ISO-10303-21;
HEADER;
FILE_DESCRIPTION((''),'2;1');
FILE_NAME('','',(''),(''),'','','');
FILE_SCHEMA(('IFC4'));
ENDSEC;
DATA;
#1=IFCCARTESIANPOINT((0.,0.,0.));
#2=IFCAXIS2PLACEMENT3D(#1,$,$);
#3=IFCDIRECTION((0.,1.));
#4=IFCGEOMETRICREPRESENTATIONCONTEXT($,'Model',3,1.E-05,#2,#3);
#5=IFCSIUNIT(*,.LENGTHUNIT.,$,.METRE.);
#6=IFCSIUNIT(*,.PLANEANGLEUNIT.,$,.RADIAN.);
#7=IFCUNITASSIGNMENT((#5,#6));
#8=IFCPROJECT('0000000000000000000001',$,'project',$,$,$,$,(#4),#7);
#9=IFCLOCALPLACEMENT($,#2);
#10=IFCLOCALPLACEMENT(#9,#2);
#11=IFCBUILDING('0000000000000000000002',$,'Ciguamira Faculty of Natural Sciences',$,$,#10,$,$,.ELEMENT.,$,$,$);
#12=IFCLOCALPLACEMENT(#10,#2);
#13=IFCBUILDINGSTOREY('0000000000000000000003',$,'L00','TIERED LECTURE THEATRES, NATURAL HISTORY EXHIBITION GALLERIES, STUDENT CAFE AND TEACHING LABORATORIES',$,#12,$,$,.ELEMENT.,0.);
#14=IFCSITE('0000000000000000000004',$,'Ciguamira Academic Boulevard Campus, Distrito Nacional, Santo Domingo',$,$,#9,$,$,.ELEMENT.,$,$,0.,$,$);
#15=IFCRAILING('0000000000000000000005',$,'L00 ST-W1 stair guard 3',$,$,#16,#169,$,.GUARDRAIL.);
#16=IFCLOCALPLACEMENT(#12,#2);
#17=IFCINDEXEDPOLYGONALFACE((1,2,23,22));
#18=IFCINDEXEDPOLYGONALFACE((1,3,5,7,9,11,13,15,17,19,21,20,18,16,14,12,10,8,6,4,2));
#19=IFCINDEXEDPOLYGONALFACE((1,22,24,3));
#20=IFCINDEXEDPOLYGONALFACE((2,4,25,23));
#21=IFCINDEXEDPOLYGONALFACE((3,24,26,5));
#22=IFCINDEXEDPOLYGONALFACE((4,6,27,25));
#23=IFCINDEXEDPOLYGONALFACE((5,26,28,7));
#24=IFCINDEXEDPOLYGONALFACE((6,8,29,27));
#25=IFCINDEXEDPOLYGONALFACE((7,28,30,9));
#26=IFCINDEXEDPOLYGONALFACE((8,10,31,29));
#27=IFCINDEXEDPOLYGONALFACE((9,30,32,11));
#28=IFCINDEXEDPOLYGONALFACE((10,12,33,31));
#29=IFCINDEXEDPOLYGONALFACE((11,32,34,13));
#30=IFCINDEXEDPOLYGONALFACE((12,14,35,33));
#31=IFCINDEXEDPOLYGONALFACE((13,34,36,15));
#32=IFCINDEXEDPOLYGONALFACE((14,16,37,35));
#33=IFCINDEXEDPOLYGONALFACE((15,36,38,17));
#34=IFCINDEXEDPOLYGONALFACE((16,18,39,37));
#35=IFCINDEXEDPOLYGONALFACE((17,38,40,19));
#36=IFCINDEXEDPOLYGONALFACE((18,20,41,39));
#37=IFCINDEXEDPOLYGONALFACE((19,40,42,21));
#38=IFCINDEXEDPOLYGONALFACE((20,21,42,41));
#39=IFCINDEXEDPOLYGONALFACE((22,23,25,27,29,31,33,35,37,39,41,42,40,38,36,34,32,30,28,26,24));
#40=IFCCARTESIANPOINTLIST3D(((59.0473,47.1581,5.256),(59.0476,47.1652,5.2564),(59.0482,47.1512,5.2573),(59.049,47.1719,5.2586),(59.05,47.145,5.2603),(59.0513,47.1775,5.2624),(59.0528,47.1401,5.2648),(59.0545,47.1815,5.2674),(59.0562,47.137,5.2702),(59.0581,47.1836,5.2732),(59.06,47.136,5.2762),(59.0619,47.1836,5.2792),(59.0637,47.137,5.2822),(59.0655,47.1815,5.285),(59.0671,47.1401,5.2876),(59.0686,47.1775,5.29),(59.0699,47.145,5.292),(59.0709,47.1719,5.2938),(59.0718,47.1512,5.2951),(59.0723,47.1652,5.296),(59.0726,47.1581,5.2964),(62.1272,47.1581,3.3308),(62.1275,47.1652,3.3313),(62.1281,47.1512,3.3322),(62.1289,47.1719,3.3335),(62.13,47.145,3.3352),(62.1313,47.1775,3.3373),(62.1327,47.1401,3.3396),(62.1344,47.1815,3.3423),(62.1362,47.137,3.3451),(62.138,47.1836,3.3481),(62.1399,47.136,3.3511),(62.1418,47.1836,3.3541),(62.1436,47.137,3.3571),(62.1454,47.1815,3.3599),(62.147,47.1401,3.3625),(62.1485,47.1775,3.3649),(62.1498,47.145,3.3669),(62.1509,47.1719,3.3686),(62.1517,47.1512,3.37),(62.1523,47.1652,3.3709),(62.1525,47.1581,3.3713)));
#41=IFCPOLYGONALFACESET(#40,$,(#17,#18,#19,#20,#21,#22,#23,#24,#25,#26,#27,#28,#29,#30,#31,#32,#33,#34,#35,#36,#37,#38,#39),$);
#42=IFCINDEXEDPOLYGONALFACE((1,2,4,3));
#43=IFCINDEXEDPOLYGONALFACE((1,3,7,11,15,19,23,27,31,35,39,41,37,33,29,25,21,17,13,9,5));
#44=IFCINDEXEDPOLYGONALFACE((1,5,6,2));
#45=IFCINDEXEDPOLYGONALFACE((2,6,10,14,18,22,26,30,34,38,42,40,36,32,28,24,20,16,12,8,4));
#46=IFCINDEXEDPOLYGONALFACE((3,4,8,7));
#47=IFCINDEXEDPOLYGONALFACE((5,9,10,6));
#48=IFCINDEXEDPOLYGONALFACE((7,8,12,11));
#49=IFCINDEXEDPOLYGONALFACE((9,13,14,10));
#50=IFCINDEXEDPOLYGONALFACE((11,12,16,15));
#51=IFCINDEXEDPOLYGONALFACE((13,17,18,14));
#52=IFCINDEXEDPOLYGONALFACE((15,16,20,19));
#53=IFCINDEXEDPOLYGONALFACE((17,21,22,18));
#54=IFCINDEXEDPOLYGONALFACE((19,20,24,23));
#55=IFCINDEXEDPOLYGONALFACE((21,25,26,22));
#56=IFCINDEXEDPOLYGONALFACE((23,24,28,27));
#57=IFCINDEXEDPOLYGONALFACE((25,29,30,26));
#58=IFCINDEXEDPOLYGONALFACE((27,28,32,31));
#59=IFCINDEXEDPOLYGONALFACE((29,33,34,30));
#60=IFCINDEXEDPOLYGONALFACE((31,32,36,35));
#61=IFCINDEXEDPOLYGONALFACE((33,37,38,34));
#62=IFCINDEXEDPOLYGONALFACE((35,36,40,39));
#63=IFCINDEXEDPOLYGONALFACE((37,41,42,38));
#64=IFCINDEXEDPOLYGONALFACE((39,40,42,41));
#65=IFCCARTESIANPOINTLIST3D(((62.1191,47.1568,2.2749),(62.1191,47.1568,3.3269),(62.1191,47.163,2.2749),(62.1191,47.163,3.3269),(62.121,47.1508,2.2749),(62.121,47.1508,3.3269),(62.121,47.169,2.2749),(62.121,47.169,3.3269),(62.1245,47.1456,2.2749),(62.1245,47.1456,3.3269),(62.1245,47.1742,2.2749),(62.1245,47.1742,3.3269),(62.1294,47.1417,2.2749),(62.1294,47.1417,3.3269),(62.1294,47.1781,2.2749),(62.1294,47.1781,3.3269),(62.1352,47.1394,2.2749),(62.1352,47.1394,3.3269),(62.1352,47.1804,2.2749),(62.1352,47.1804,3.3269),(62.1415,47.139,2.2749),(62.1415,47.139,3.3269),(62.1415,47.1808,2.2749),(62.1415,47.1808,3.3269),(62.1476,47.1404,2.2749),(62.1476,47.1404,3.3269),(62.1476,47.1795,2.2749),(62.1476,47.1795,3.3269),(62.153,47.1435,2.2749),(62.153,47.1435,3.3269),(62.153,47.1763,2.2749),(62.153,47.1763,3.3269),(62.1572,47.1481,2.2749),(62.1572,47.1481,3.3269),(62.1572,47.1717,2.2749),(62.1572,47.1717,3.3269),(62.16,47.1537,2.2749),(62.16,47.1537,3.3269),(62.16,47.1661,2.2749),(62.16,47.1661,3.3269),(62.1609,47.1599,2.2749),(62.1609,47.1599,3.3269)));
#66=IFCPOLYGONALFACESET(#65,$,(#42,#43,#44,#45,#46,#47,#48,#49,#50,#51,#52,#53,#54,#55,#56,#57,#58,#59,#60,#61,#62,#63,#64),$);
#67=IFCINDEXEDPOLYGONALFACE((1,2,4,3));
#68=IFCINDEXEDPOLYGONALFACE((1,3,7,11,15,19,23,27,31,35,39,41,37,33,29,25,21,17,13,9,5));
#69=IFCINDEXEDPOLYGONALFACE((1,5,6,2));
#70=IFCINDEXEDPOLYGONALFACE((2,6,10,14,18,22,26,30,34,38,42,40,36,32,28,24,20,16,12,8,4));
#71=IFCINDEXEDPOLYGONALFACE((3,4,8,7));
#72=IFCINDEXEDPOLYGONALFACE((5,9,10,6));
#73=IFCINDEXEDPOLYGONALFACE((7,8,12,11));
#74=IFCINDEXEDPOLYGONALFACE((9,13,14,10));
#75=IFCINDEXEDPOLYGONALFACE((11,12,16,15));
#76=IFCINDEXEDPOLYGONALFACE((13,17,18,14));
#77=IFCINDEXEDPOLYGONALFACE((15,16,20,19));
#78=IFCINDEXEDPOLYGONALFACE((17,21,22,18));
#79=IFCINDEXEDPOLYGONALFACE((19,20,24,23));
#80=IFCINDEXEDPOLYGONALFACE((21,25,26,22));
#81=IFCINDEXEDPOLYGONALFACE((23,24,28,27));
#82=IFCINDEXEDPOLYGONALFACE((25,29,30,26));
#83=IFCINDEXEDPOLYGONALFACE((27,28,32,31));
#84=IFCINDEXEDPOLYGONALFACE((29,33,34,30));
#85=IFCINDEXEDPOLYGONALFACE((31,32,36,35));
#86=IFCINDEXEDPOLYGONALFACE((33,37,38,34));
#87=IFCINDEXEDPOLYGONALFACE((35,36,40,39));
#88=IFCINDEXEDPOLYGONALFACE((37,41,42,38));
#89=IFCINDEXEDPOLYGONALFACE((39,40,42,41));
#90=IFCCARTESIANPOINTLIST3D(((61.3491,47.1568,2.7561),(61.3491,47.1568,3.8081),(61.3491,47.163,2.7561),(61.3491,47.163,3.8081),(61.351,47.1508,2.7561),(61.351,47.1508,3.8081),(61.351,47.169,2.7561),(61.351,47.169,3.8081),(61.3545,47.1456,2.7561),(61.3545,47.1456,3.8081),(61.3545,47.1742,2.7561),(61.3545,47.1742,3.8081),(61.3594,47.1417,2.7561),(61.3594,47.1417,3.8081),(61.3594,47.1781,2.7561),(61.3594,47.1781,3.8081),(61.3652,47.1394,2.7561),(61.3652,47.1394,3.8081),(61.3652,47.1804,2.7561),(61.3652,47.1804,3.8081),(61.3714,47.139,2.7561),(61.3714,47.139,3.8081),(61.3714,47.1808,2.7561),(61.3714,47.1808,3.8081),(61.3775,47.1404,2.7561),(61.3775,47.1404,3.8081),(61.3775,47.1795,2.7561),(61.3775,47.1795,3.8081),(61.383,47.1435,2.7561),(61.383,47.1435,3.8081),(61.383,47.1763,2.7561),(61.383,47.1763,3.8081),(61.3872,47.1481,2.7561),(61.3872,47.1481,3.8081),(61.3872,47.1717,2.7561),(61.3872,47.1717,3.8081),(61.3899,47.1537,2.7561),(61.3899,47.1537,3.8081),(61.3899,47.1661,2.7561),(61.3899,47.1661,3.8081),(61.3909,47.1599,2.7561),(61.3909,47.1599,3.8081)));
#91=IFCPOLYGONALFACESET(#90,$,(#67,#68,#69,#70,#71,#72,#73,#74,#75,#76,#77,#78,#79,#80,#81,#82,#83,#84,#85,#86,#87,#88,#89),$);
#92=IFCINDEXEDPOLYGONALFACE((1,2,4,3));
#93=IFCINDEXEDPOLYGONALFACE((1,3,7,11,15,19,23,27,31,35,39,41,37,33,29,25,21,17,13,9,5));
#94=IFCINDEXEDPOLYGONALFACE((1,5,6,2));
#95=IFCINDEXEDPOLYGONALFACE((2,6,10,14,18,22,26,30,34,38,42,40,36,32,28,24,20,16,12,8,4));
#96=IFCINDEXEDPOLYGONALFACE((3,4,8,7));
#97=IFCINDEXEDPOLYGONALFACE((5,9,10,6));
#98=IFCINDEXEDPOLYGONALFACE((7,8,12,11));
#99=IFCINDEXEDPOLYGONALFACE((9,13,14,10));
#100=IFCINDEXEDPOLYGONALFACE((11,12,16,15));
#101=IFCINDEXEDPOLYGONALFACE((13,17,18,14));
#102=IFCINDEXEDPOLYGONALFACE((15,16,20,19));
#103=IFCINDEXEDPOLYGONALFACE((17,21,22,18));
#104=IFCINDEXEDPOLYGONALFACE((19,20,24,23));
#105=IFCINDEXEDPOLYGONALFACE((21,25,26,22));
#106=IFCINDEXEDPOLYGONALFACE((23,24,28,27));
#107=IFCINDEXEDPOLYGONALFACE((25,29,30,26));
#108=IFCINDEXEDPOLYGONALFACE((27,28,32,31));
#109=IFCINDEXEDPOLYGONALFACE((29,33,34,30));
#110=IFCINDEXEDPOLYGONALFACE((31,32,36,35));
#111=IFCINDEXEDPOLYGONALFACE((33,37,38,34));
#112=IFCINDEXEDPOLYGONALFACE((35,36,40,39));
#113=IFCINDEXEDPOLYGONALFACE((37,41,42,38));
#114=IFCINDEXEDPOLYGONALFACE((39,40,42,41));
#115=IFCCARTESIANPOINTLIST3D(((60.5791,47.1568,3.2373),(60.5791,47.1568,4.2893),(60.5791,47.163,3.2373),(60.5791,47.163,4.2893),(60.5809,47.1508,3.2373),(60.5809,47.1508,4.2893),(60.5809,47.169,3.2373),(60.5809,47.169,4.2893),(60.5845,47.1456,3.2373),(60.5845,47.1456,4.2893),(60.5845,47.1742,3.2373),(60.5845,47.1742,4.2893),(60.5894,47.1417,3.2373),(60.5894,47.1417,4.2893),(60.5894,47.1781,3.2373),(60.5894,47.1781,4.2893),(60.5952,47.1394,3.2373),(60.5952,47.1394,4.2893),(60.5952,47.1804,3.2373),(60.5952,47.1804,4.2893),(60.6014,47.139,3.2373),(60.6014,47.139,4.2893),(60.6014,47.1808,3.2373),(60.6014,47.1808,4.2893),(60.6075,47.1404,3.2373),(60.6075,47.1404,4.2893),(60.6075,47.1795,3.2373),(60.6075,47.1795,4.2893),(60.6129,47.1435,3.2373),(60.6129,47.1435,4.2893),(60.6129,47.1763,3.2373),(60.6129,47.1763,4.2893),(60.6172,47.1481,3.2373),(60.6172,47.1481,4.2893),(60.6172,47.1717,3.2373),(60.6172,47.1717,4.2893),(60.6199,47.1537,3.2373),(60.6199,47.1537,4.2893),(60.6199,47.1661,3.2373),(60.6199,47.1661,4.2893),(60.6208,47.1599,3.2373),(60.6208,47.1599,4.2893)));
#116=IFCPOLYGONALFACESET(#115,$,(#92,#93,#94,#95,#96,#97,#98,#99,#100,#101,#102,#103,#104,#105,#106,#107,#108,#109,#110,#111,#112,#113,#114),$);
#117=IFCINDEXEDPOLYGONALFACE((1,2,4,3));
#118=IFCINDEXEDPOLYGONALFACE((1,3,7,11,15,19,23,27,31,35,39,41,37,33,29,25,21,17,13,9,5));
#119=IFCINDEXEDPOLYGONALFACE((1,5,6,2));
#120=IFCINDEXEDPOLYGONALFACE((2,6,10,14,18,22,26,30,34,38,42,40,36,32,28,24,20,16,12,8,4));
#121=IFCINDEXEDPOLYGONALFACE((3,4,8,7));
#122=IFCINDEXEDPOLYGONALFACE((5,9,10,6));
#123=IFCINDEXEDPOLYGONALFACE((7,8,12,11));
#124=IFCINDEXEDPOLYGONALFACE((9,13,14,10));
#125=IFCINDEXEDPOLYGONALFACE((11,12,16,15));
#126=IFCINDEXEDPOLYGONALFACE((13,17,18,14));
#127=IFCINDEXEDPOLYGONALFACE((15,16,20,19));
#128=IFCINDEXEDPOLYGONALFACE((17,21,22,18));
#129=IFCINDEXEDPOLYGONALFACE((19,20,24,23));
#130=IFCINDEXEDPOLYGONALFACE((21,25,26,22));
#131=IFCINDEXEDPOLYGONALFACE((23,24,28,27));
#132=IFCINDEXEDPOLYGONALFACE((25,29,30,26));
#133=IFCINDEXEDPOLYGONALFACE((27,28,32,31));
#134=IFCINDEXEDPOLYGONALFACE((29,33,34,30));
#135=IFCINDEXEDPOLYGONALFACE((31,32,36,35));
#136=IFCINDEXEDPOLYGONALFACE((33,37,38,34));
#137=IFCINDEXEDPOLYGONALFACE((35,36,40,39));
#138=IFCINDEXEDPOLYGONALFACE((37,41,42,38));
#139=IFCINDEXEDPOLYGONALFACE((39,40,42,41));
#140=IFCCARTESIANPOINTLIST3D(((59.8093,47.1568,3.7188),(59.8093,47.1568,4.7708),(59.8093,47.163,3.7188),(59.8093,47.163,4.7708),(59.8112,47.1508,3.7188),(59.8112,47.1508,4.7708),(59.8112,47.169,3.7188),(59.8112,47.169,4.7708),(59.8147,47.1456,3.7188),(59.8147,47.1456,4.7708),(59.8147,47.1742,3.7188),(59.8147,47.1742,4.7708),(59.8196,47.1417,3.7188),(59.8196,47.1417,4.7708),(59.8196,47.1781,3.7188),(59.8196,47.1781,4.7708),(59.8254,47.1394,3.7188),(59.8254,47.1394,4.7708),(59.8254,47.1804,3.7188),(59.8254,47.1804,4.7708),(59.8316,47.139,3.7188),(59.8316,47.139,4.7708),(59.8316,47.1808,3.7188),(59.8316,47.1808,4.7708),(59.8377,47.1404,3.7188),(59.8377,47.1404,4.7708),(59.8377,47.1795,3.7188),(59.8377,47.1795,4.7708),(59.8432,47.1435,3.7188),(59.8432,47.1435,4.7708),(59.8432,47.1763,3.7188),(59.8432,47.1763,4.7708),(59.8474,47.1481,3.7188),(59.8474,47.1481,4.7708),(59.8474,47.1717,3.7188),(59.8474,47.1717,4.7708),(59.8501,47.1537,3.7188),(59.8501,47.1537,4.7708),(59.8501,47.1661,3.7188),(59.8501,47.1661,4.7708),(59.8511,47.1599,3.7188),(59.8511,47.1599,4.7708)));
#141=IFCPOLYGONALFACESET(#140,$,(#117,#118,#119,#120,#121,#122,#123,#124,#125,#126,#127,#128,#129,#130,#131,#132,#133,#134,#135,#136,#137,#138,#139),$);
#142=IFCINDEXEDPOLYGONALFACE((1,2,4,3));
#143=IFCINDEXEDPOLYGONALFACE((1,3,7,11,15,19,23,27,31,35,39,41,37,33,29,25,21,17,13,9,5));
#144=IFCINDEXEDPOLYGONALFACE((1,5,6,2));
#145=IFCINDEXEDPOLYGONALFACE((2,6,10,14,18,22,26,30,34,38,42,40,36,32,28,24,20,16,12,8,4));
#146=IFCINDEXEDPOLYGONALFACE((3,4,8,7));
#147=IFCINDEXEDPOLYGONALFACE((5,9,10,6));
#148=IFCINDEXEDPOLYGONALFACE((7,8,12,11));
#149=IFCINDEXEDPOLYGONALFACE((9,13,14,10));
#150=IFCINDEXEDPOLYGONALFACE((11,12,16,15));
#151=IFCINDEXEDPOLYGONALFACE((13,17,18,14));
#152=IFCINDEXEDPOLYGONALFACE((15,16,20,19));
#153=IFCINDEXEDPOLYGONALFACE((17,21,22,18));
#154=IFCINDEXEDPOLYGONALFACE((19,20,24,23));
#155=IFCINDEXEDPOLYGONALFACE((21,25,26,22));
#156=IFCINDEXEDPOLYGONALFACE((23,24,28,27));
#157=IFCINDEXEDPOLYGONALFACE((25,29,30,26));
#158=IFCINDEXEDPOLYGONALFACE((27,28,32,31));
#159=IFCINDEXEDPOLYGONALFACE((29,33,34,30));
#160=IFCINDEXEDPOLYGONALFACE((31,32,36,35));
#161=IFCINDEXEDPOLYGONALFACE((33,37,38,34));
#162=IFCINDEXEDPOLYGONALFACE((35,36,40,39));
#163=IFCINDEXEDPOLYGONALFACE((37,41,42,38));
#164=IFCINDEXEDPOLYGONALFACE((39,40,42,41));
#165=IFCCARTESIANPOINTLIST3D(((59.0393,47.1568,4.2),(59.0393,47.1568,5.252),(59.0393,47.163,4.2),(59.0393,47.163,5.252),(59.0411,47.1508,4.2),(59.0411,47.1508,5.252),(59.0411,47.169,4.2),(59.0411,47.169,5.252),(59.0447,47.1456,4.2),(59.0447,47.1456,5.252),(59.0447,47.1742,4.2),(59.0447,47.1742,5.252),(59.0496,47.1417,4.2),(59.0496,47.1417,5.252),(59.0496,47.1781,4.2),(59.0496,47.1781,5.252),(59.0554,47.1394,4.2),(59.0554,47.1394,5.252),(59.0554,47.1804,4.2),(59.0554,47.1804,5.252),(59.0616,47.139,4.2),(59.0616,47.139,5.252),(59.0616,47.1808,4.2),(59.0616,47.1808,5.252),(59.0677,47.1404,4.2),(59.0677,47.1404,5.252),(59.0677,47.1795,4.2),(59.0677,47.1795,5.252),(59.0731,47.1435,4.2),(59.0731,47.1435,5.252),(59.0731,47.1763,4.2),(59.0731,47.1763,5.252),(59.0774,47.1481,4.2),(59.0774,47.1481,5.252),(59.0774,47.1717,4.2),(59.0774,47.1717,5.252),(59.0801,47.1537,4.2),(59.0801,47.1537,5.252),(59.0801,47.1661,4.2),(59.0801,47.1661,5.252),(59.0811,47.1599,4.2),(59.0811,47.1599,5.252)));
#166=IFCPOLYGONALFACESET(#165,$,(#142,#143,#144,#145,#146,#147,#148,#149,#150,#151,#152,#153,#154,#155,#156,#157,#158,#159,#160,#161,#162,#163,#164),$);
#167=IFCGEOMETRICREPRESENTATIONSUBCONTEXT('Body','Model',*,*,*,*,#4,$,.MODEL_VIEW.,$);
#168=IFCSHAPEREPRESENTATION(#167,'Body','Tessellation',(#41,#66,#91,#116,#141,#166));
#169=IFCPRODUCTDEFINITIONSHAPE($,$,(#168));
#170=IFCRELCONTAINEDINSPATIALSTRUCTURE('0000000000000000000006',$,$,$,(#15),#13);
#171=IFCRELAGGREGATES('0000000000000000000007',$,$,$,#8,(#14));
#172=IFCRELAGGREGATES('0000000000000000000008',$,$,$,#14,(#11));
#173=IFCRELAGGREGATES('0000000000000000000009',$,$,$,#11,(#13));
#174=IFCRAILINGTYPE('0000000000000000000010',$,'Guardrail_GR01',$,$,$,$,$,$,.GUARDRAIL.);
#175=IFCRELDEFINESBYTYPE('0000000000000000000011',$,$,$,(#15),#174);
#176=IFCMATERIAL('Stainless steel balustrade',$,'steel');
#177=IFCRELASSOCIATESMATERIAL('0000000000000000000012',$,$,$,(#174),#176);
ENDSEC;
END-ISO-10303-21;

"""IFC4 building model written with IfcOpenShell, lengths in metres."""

from ifc_helpers import new_model, si_unit, direction, frame, origin, origin_2d, place, context, subcontext, project, spatial, circle, extrude, material, type_object, element, save


model = new_model("IFC4")

# Units and contexts
model_context = context("Model", 3, precision=1e-05, world=origin(), true_north=direction((0.0, 1.0)))
body_context = subcontext(model_context, "Body", "Model", "MODEL_VIEW")
ifc_project = project(units=[si_unit("LENGTHUNIT", "METRE"), si_unit("PLANEANGLEUNIT", "RADIAN")], contexts=[model_context])

# Site, building, storey
site_placement = place(None, origin())
site = spatial("IfcSite", under=ifc_project, at=site_placement, Name="Ciguamira Academic Boulevard Campus, Distrito Nacional, Santo Domingo", CompositionType="ELEMENT", RefElevation=0.0)
building_placement = place(site_placement, origin())
building = spatial("IfcBuilding", under=site, at=building_placement, Name="Ciguamira Faculty of Natural Sciences", CompositionType="ELEMENT")
storey_placement = place(building_placement, origin())
storey = spatial("IfcBuildingStorey", under=building, at=storey_placement, Name="L00", Description="TIERED LECTURE THEATRES, NATURAL HISTORY EXHIBITION GALLERIES, STUDENT CAFE AND TEACHING LABORATORIES", CompositionType="ELEMENT", Elevation=0.0)

# Railing
ifc_material_1 = material(Name="Stainless steel balustrade", Category="steel")
railing_type_1 = type_object("IfcRailingType", Name="Guardrail_GR01", PredefinedType="GUARDRAIL", material=ifc_material_1)
railing_1_placement = place(storey_placement, frame((62.1399, 47.1599, 2.2749)))
element("IfcRailing", 1, at=railing_1_placement, inside=storey, type_object=railing_type_1, Name="L00 ST-W1 stair guard 3", PredefinedType="GUARDRAIL", context=body_context, shape_type="SweptSolid", body=[
    extrude(circle(Radius=0.0239, at=origin_2d()), frame((0.0, 0.0, 1.0762), z_axis=(-0.847979, 0.0, 0.530029), x_axis=(0.0, -1.0, 0.0)), (0.0, 0.0, 1.0), 3.6321),
    extrude(circle(Radius=0.021, at=origin_2d()), origin(), (0.0, 0.0, 1.0), 1.052),
    extrude(circle(Radius=0.021, at=origin_2d()), frame((-0.77, 0.0, 0.4812)), (0.0, 0.0, 1.0), 1.052),
    extrude(circle(Radius=0.021, at=origin_2d()), frame((-1.54, 0.0, 0.9624)), (0.0, 0.0, 1.0), 1.052),
    extrude(circle(Radius=0.021, at=origin_2d()), frame((-2.3098, 0.0, 1.4438)), (0.0, 0.0, 1.0), 1.052),
    extrude(circle(Radius=0.021, at=origin_2d()), frame((-3.0798, 0.0, 1.925)), (0.0, 0.0, 1.0), 1.052),
])

save(model, "model.ifc")
